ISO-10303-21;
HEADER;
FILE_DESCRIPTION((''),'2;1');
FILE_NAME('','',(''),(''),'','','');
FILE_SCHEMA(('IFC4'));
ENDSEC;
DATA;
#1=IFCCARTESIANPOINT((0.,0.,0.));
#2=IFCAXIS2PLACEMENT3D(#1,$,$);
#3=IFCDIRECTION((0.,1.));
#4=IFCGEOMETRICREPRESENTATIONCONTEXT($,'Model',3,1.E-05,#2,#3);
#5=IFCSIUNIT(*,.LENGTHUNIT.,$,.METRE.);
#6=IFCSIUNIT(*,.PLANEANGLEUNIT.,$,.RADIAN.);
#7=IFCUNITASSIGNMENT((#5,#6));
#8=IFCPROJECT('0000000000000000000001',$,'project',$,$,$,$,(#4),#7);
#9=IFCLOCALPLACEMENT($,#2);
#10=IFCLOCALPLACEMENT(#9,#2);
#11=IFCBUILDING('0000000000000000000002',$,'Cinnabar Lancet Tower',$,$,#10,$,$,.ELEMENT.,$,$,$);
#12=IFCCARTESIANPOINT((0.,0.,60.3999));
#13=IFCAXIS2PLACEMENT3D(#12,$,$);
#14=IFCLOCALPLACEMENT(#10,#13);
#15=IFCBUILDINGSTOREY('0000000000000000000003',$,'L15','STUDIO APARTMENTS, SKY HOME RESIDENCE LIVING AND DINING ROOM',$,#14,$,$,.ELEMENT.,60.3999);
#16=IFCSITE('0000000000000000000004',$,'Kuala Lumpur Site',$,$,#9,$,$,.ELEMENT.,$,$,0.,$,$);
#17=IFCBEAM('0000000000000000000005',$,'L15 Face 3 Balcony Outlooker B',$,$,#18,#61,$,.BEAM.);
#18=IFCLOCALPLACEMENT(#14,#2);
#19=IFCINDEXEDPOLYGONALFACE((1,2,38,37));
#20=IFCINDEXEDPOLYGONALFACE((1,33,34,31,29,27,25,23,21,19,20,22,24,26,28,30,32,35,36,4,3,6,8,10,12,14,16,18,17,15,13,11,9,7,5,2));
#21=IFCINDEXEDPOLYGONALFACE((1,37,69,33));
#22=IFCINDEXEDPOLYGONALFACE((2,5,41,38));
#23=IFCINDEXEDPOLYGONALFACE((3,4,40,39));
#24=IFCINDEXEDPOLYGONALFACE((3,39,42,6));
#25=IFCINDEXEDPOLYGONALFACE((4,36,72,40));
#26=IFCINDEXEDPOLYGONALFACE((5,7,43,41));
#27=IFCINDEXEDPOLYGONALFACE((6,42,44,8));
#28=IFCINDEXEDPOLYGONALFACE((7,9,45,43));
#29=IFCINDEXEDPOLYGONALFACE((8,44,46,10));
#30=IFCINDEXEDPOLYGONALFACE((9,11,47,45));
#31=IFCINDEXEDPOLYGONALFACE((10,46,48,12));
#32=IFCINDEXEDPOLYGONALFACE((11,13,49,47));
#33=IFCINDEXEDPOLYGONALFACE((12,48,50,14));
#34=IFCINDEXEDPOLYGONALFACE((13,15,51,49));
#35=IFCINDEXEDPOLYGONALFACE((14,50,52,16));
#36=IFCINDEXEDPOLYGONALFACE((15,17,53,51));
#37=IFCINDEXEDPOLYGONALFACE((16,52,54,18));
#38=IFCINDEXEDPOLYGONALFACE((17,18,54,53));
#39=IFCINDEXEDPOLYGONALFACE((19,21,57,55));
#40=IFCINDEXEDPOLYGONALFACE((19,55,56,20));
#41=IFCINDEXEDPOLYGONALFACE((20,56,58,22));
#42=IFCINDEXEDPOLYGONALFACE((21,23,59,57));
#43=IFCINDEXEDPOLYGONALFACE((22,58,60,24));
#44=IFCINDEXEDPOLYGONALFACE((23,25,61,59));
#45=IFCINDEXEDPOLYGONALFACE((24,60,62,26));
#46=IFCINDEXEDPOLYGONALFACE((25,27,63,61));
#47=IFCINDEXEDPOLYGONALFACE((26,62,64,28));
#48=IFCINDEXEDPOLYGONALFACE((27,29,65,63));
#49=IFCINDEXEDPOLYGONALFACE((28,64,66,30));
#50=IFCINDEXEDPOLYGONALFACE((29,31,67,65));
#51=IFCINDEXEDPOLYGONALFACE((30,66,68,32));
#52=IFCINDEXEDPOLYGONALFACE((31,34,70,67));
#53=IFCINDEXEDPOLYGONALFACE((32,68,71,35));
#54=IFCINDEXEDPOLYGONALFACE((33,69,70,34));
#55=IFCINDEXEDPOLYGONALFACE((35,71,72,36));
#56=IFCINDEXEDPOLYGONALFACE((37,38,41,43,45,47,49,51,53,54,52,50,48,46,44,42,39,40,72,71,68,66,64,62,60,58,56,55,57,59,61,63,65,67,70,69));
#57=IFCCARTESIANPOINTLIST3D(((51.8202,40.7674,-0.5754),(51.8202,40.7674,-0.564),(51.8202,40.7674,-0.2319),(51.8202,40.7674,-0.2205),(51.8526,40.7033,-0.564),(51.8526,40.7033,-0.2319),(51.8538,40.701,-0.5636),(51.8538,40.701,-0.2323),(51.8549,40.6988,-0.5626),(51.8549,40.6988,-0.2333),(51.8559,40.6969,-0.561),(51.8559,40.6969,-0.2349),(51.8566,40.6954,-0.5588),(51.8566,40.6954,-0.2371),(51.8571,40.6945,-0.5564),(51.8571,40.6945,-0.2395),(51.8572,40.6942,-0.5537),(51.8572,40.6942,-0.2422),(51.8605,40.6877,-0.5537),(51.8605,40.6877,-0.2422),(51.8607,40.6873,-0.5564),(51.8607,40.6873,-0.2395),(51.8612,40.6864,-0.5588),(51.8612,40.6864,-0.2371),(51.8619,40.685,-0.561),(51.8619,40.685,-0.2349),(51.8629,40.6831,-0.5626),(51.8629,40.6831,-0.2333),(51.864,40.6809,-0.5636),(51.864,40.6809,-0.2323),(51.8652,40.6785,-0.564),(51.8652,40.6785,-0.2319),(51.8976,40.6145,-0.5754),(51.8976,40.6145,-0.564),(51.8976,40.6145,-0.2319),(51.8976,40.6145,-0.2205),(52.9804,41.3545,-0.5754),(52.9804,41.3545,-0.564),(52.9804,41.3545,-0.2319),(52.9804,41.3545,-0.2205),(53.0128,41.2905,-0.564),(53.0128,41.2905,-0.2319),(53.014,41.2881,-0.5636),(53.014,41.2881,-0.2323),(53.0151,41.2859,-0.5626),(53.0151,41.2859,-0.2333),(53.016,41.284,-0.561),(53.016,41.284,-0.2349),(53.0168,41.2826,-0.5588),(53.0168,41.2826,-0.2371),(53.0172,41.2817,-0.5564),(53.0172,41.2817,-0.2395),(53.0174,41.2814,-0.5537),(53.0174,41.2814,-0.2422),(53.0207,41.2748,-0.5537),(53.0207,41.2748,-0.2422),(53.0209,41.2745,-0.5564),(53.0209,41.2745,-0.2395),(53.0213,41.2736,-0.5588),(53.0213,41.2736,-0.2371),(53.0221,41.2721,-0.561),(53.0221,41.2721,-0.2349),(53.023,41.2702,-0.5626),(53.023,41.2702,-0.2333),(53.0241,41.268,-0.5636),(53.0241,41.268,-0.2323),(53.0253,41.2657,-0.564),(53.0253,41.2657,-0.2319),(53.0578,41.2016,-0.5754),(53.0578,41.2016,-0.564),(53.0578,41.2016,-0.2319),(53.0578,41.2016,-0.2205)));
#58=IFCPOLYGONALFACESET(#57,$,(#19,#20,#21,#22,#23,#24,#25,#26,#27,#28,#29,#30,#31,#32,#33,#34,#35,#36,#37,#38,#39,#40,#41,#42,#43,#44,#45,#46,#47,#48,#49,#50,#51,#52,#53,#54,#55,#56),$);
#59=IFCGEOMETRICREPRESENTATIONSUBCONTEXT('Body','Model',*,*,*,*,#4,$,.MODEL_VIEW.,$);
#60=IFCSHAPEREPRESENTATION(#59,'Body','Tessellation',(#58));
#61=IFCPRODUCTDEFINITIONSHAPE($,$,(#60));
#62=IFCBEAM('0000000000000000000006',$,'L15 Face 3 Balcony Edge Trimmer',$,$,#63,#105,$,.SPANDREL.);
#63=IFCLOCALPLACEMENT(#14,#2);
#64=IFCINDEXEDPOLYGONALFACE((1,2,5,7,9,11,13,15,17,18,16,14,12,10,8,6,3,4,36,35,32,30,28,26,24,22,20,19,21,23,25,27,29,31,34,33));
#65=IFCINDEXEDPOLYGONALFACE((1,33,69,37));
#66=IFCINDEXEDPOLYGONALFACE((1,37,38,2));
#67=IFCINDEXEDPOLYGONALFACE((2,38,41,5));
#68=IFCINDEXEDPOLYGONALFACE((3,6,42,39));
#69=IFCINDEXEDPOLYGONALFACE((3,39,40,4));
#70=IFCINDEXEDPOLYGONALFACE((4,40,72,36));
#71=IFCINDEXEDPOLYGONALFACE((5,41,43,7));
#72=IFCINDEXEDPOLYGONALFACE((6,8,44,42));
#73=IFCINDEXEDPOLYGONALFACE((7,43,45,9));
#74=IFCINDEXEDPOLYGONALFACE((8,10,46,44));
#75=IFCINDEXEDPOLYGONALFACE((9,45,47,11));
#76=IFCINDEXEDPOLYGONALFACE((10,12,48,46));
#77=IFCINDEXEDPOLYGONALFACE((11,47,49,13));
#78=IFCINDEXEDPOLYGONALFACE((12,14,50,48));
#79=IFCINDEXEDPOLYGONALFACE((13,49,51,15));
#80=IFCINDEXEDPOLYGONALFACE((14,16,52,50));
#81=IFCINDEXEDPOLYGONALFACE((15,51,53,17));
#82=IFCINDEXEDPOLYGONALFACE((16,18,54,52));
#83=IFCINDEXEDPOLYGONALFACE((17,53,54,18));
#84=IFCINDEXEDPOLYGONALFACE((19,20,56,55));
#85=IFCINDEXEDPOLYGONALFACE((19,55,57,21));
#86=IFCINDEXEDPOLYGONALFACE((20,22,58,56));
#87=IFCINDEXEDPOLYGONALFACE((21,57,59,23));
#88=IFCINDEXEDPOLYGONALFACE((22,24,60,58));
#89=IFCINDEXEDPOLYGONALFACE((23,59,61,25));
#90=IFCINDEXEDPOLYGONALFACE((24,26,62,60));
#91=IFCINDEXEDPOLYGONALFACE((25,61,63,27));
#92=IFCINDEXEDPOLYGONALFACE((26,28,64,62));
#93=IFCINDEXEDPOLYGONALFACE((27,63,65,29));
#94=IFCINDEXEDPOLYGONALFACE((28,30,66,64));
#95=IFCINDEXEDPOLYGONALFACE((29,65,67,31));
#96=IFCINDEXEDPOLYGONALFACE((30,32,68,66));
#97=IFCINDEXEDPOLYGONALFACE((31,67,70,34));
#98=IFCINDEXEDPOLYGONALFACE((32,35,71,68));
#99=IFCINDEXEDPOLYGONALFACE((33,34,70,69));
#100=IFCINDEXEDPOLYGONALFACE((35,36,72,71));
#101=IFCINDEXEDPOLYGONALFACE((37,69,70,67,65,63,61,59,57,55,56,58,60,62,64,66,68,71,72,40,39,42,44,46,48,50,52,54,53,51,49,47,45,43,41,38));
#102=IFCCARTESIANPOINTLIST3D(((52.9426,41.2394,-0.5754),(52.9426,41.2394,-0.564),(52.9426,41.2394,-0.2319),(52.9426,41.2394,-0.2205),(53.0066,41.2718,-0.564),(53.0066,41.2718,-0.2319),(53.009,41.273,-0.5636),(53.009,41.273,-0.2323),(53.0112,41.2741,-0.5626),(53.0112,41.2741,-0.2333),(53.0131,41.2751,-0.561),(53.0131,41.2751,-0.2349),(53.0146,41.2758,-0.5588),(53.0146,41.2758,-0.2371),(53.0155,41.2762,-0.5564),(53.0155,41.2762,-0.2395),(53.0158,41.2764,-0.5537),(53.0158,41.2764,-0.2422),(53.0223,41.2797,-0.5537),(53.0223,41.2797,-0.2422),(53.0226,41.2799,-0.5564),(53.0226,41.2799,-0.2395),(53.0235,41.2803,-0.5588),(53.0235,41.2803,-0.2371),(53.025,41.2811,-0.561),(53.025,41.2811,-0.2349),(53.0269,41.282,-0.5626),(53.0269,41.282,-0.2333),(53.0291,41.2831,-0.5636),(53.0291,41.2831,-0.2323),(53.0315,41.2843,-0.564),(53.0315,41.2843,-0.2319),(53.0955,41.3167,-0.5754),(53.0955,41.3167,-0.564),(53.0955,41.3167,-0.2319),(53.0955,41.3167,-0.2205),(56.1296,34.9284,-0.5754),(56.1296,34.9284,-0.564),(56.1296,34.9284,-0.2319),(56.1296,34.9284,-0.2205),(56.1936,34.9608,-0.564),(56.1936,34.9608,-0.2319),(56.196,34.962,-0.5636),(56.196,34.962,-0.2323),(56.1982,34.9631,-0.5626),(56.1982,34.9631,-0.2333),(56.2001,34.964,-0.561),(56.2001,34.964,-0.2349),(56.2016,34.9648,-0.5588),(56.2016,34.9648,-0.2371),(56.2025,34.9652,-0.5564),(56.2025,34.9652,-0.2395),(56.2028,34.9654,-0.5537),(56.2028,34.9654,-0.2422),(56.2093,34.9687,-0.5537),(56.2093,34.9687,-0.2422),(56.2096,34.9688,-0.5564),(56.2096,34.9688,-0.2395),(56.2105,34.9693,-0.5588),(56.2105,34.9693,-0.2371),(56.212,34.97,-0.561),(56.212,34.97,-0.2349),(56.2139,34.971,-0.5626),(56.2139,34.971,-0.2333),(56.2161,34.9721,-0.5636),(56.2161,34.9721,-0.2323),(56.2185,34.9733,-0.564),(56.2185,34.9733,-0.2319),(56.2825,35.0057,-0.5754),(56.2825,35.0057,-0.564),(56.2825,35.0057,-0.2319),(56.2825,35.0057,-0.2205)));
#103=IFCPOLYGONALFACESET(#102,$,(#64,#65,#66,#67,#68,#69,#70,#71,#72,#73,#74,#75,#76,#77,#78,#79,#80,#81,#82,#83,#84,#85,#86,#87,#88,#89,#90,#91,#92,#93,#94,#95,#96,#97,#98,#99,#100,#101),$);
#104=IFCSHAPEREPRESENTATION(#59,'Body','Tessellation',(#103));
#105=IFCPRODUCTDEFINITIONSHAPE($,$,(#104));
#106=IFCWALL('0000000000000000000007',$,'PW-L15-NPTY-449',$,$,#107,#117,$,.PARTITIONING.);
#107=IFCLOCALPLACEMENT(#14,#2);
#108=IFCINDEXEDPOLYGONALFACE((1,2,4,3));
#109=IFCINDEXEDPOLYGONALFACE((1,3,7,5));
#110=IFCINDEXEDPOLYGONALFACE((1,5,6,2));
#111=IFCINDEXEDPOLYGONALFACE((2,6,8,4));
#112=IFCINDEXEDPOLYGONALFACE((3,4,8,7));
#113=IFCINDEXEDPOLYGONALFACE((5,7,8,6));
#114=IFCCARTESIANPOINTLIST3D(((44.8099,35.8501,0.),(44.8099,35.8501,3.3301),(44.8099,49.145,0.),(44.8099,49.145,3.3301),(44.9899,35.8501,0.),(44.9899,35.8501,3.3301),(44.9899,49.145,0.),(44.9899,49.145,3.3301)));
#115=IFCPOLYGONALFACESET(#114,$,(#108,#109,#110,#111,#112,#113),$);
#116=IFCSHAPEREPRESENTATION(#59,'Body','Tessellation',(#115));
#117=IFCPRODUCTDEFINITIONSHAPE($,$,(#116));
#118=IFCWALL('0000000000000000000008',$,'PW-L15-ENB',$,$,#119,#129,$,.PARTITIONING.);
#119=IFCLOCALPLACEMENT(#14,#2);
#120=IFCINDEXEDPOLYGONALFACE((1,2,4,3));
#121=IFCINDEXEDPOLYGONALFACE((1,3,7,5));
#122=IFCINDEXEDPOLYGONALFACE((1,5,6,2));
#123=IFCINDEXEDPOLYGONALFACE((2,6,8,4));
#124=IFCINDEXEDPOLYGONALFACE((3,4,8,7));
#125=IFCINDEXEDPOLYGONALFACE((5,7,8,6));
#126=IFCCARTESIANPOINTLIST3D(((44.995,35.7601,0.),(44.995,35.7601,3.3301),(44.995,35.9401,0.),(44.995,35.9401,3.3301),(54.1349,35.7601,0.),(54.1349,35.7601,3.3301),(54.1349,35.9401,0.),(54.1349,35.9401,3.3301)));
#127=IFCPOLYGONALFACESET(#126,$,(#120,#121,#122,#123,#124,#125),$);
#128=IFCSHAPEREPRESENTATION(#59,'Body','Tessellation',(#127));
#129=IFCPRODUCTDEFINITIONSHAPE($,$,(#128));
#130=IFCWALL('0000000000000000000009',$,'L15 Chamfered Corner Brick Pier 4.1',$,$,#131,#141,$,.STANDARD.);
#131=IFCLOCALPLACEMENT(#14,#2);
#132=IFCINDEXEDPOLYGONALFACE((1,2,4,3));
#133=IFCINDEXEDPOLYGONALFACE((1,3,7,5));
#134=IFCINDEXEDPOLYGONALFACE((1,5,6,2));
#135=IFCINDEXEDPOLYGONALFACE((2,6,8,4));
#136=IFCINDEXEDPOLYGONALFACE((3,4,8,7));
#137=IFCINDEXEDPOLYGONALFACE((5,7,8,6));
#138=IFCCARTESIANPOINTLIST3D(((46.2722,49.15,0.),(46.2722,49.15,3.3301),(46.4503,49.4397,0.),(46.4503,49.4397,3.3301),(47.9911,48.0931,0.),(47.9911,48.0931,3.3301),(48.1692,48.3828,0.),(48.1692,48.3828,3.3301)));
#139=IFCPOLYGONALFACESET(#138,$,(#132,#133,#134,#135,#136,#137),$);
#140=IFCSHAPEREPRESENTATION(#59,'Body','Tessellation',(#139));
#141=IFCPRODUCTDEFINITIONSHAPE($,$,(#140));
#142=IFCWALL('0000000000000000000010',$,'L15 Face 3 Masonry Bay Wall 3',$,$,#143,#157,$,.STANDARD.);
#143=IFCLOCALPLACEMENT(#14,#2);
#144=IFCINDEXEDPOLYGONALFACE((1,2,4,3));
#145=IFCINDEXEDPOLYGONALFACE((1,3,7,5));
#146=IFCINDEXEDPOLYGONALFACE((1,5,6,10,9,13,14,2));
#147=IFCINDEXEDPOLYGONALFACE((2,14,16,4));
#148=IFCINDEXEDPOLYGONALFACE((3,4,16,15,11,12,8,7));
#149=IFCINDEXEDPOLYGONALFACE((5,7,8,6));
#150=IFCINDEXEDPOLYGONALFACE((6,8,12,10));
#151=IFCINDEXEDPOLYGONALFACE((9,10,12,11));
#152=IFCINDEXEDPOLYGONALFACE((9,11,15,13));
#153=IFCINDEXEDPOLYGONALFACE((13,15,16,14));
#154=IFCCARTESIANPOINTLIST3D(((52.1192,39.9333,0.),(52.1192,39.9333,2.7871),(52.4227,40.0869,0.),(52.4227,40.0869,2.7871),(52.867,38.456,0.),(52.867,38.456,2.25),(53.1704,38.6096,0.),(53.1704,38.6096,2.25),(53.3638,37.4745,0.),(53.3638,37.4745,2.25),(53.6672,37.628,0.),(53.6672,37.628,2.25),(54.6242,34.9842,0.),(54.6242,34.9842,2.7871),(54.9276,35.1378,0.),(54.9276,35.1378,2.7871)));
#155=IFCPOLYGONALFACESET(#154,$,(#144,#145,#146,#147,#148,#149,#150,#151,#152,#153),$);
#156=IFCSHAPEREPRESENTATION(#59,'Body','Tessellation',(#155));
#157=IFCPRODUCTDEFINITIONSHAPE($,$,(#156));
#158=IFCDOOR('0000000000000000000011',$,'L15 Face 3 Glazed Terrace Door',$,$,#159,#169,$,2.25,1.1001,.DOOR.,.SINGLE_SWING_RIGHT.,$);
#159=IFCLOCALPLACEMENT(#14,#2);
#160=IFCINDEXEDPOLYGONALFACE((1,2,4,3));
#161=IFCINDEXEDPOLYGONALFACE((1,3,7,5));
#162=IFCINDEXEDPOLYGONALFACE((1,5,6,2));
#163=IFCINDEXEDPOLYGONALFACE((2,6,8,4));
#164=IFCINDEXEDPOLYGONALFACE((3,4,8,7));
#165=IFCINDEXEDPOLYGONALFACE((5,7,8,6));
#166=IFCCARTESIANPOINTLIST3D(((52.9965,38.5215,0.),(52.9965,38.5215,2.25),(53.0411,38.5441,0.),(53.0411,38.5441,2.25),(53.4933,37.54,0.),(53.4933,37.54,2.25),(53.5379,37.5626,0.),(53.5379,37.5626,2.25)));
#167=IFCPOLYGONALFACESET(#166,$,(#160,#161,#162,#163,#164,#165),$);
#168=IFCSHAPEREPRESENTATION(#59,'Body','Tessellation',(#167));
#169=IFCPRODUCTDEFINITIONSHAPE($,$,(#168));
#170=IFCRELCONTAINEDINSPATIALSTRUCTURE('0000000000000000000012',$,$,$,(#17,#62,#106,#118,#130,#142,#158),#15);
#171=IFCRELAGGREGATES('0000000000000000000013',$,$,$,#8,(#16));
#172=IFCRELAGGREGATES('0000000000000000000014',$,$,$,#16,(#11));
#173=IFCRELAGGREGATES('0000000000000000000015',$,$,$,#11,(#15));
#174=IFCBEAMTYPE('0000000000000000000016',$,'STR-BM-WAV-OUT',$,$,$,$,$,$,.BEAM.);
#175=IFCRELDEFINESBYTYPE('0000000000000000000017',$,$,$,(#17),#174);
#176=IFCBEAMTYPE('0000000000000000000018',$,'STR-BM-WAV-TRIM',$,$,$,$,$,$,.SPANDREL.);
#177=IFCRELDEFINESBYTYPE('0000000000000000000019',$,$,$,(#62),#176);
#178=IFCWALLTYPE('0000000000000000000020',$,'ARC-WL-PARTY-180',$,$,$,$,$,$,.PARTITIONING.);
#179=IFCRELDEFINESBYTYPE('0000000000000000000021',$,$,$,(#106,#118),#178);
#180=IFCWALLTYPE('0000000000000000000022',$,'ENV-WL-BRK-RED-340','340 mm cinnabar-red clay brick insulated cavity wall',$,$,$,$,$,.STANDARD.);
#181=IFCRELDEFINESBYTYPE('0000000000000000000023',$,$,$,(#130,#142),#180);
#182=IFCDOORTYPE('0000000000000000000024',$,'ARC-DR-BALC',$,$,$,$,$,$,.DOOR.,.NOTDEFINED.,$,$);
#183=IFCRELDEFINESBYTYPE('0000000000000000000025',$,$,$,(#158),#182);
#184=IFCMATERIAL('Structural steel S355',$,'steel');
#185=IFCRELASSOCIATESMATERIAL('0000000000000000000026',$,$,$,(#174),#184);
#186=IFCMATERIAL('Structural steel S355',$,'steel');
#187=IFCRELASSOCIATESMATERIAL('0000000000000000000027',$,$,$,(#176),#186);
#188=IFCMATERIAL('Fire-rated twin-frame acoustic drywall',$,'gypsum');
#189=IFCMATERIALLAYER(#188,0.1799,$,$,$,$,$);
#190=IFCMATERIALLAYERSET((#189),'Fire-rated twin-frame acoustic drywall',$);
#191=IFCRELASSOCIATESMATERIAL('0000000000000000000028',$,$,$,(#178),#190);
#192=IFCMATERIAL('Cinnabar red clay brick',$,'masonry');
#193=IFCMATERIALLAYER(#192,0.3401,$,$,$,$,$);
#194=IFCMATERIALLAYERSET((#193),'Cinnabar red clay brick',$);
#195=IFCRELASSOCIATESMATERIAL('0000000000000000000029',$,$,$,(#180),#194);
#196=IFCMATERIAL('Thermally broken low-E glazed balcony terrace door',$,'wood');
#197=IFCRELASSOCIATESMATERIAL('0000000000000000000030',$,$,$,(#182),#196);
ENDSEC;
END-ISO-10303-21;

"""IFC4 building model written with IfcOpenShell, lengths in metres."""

from ifc_helpers import new_model, si_unit, direction, frame, frame_2d, origin, origin_2d, place, context, subcontext, project, spatial, rectangle, i_section, extrude, material, layer, layer_set, material_profile, profile_set, type_object, element, fill, save


model = new_model("IFC4")

# Units and contexts
model_context = context("Model", 3, precision=1e-05, world=origin(), true_north=direction((0.0, 1.0)))
body_context = subcontext(model_context, "Body", "Model", "MODEL_VIEW")
ifc_project = project(units=[si_unit("LENGTHUNIT", "METRE"), si_unit("PLANEANGLEUNIT", "RADIAN")], contexts=[model_context])

# Site, building, storey
site_placement = place(None, origin())
site = spatial("IfcSite", under=ifc_project, at=site_placement, Name="Kuala Lumpur Site", CompositionType="ELEMENT", RefElevation=0.0)
building_placement = place(site_placement, origin())
building = spatial("IfcBuilding", under=site, at=building_placement, Name="Cinnabar Lancet Tower", CompositionType="ELEMENT")
storey_placement = place(building_placement, frame((0.0, 0.0, 60.3999)))
storey = spatial("IfcBuildingStorey", under=building, at=storey_placement, Name="L15", Description="STUDIO APARTMENTS, SKY HOME RESIDENCE LIVING AND DINING ROOM", CompositionType="ELEMENT", Elevation=60.3999)

# Beams
ifc_material_1 = material(Name="Structural steel S355", Category="steel")
ifc_material_profile_1 = material_profile(ifc_material_1, i_section(OverallWidth=0.1714, OverallDepth=0.355, WebThickness=0.0073, FlangeThickness=0.0115, FilletRadius=0.0103, at=origin_2d()), Name="UKB 356x171x51")
ifc_profile_set_1 = profile_set([ifc_material_profile_1], Name="Structural steel S355")
beam_type_1 = type_object("IfcBeamType", Name="STR-BM-WAV-OUT", PredefinedType="BEAM", material=ifc_profile_set_1)
beam_1_placement = place(storey_placement, frame((51.8589, 40.6909, -0.3979), z_axis=(0.892239, 0.451564, 0.0), x_axis=(-0.451564, 0.892239, 0.0)))
element("IfcBeam", 1, at=beam_1_placement, inside=storey, type_object=beam_type_1, Name="L15 Face 3 Balcony Outlooker B", PredefinedType="BEAM", context=body_context, shape_type="SweptSolid", body=[
    extrude(i_section(OverallWidth=0.1714, OverallDepth=0.355, WebThickness=0.0073, FlangeThickness=0.0115, FilletRadius=0.0103, at=origin_2d()), origin(), (0.0, 0.0, 1.0), 1.3003),
])
ifc_material_2 = material(Name="Structural steel S355", Category="steel")
ifc_material_profile_2 = material_profile(ifc_material_2, i_section(OverallWidth=0.1714, OverallDepth=0.355, WebThickness=0.0073, FlangeThickness=0.0115, FilletRadius=0.0103, at=origin_2d()), Name="UKB 356x171x51")
ifc_profile_set_2 = profile_set([ifc_material_profile_2], Name="Structural steel S355")
beam_type_2 = type_object("IfcBeamType", Name="STR-BM-WAV-TRIM", PredefinedType="SPANDREL", material=ifc_profile_set_2)
beam_2_placement = place(storey_placement, frame((56.2061, 34.967, -0.3979), z_axis=(-0.450774, 0.892638, 0.0), x_axis=(-0.892638, -0.450774, 0.0)))
element("IfcBeam", 2, at=beam_2_placement, inside=storey, type_object=beam_type_2, Name="L15 Face 3 Balcony Edge Trimmer", PredefinedType="SPANDREL", context=body_context, shape_type="SweptSolid", body=[
    extrude(i_section(OverallWidth=0.1714, OverallDepth=0.355, WebThickness=0.0073, FlangeThickness=0.0115, FilletRadius=0.0103, at=origin_2d()), origin(), (0.0, 0.0, 1.0), 7.0701),
])

# Walls
ifc_material_3 = material(Name="Fire-rated twin-frame acoustic drywall", Category="gypsum")
ifc_layer_1 = layer(ifc_material_3, 0.1799)
ifc_layer_set_1 = layer_set([ifc_layer_1], Name="Fire-rated twin-frame acoustic drywall")
wall_type_1 = type_object("IfcWallType", Name="ARC-WL-PARTY-180", PredefinedType="PARTITIONING", material=ifc_layer_set_1)
wall_1_placement = place(storey_placement, frame((44.8999, 35.8501, 0.0), z_axis=(0.0, 0.0, 1.0), x_axis=(0.0, 1.0, 0.0)))
element("IfcWall", 3, at=wall_1_placement, inside=storey, type_object=wall_type_1, Name="PW-L15-NPTY-449", PredefinedType="PARTITIONING", context=body_context, shape_type="SweptSolid", body=[
    extrude(rectangle(XDim=13.2949, YDim=0.1799, at=frame_2d((6.6475, 0.0))), origin(), (0.0, 0.0, 1.0), 3.3301),
])
wall_2_placement = place(storey_placement, frame((44.9951, 35.8501, 0.0), z_axis=(0.0, 0.0, 1.0), x_axis=(1.0, 0.0, 0.0)))
element("IfcWall", 4, at=wall_2_placement, inside=storey, type_object=wall_type_1, Name="PW-L15-ENB", PredefinedType="PARTITIONING", context=body_context, shape_type="SweptSolid", body=[
    extrude(rectangle(XDim=9.1399, YDim=0.1799, at=frame_2d((4.5698, 0.0))), origin(), (0.0, 0.0, 1.0), 3.3301),
])
ifc_material_4 = material(Name="Cinnabar red clay brick", Category="masonry")
ifc_layer_2 = layer(ifc_material_4, 0.3401)
ifc_layer_set_2 = layer_set([ifc_layer_2], Name="Cinnabar red clay brick")
wall_type_2 = type_object("IfcWallType", Name="ENV-WL-BRK-RED-340", Description="340 mm cinnabar-red clay brick insulated cavity wall", PredefinedType="STANDARD", material=ifc_layer_set_2)
wall_3_placement = place(storey_placement, frame((48.0801, 48.238, 0.0), z_axis=(0.0, 0.0, 1.0), x_axis=(-0.85187, 0.523753, 0.0)))
element("IfcWall", 5, at=wall_3_placement, inside=storey, type_object=wall_type_2, Name="L15 Chamfered Corner Brick Pier 4.1", PredefinedType="STANDARD", context=body_context, shape_type="SweptSolid", body=[
    extrude(rectangle(XDim=2.0178, YDim=0.3401, at=frame_2d((1.0088, 0.0))), origin(), (0.0, 0.0, 1.0), 3.3301),
])

# Wall, opening, door
wall_4_placement = place(storey_placement, frame((54.7759, 35.061, 0.0), z_axis=(0.0, 0.0, 1.0), x_axis=(-0.451592, 0.892225, 0.0)))
wall_4 = element("IfcWall", 6, at=wall_4_placement, inside=storey, type_object=wall_type_2, Name="L15 Face 3 Masonry Bay Wall 3", PredefinedType="STANDARD", context=body_context, shape_type="SweptSolid", body=[
    extrude(rectangle(XDim=5.5469, YDim=0.3401, at=frame_2d((2.7734, 0.0))), origin(), (0.0, 0.0, 1.0), 2.7871),
])
opening_1_placement = place(wall_4_placement, frame((2.791, 0.0, 0.0)))
opening_1 = element("IfcOpeningElement", 7, at=opening_1_placement, cuts=wall_4, PredefinedType="OPENING", context=body_context, shape_type="SweptSolid", body=[
    extrude(rectangle(XDim=1.1001, YDim=2.25, at=frame_2d((0.55, 1.125))), frame((0.0, 0.1799, 0.0), z_axis=(0.0, -1.0, 0.0), x_axis=(1.0, 0.0, 0.0)), (0.0, 0.0, 1.0), 0.3601),
])
ifc_material_5 = material(Name="Thermally broken low-E glazed balcony terrace door", Category="wood")
door_type = type_object("IfcDoorType", Name="ARC-DR-BALC", OperationType="NOTDEFINED", PredefinedType="DOOR", material=ifc_material_5)
door_placement = place(opening_1_placement, origin())
door = element("IfcDoor", 8, at=door_placement, inside=storey, type_object=door_type, Name="L15 Face 3 Glazed Terrace Door", OperationType="SINGLE_SWING_RIGHT", OverallHeight=2.25, OverallWidth=1.1001, PredefinedType="DOOR", context=body_context, shape_type="SweptSolid", body=[
    extrude(rectangle(XDim=1.1001, YDim=2.25, at=frame_2d((0.55, 1.125))), frame((0.0, 0.0249, 0.0), z_axis=(0.0, -1.0, 0.0), x_axis=(1.0, 0.0, 0.0)), (0.0, 0.0, 1.0), 0.05),
])
fill(opening_1, door)

save(model, "model.ifc")
